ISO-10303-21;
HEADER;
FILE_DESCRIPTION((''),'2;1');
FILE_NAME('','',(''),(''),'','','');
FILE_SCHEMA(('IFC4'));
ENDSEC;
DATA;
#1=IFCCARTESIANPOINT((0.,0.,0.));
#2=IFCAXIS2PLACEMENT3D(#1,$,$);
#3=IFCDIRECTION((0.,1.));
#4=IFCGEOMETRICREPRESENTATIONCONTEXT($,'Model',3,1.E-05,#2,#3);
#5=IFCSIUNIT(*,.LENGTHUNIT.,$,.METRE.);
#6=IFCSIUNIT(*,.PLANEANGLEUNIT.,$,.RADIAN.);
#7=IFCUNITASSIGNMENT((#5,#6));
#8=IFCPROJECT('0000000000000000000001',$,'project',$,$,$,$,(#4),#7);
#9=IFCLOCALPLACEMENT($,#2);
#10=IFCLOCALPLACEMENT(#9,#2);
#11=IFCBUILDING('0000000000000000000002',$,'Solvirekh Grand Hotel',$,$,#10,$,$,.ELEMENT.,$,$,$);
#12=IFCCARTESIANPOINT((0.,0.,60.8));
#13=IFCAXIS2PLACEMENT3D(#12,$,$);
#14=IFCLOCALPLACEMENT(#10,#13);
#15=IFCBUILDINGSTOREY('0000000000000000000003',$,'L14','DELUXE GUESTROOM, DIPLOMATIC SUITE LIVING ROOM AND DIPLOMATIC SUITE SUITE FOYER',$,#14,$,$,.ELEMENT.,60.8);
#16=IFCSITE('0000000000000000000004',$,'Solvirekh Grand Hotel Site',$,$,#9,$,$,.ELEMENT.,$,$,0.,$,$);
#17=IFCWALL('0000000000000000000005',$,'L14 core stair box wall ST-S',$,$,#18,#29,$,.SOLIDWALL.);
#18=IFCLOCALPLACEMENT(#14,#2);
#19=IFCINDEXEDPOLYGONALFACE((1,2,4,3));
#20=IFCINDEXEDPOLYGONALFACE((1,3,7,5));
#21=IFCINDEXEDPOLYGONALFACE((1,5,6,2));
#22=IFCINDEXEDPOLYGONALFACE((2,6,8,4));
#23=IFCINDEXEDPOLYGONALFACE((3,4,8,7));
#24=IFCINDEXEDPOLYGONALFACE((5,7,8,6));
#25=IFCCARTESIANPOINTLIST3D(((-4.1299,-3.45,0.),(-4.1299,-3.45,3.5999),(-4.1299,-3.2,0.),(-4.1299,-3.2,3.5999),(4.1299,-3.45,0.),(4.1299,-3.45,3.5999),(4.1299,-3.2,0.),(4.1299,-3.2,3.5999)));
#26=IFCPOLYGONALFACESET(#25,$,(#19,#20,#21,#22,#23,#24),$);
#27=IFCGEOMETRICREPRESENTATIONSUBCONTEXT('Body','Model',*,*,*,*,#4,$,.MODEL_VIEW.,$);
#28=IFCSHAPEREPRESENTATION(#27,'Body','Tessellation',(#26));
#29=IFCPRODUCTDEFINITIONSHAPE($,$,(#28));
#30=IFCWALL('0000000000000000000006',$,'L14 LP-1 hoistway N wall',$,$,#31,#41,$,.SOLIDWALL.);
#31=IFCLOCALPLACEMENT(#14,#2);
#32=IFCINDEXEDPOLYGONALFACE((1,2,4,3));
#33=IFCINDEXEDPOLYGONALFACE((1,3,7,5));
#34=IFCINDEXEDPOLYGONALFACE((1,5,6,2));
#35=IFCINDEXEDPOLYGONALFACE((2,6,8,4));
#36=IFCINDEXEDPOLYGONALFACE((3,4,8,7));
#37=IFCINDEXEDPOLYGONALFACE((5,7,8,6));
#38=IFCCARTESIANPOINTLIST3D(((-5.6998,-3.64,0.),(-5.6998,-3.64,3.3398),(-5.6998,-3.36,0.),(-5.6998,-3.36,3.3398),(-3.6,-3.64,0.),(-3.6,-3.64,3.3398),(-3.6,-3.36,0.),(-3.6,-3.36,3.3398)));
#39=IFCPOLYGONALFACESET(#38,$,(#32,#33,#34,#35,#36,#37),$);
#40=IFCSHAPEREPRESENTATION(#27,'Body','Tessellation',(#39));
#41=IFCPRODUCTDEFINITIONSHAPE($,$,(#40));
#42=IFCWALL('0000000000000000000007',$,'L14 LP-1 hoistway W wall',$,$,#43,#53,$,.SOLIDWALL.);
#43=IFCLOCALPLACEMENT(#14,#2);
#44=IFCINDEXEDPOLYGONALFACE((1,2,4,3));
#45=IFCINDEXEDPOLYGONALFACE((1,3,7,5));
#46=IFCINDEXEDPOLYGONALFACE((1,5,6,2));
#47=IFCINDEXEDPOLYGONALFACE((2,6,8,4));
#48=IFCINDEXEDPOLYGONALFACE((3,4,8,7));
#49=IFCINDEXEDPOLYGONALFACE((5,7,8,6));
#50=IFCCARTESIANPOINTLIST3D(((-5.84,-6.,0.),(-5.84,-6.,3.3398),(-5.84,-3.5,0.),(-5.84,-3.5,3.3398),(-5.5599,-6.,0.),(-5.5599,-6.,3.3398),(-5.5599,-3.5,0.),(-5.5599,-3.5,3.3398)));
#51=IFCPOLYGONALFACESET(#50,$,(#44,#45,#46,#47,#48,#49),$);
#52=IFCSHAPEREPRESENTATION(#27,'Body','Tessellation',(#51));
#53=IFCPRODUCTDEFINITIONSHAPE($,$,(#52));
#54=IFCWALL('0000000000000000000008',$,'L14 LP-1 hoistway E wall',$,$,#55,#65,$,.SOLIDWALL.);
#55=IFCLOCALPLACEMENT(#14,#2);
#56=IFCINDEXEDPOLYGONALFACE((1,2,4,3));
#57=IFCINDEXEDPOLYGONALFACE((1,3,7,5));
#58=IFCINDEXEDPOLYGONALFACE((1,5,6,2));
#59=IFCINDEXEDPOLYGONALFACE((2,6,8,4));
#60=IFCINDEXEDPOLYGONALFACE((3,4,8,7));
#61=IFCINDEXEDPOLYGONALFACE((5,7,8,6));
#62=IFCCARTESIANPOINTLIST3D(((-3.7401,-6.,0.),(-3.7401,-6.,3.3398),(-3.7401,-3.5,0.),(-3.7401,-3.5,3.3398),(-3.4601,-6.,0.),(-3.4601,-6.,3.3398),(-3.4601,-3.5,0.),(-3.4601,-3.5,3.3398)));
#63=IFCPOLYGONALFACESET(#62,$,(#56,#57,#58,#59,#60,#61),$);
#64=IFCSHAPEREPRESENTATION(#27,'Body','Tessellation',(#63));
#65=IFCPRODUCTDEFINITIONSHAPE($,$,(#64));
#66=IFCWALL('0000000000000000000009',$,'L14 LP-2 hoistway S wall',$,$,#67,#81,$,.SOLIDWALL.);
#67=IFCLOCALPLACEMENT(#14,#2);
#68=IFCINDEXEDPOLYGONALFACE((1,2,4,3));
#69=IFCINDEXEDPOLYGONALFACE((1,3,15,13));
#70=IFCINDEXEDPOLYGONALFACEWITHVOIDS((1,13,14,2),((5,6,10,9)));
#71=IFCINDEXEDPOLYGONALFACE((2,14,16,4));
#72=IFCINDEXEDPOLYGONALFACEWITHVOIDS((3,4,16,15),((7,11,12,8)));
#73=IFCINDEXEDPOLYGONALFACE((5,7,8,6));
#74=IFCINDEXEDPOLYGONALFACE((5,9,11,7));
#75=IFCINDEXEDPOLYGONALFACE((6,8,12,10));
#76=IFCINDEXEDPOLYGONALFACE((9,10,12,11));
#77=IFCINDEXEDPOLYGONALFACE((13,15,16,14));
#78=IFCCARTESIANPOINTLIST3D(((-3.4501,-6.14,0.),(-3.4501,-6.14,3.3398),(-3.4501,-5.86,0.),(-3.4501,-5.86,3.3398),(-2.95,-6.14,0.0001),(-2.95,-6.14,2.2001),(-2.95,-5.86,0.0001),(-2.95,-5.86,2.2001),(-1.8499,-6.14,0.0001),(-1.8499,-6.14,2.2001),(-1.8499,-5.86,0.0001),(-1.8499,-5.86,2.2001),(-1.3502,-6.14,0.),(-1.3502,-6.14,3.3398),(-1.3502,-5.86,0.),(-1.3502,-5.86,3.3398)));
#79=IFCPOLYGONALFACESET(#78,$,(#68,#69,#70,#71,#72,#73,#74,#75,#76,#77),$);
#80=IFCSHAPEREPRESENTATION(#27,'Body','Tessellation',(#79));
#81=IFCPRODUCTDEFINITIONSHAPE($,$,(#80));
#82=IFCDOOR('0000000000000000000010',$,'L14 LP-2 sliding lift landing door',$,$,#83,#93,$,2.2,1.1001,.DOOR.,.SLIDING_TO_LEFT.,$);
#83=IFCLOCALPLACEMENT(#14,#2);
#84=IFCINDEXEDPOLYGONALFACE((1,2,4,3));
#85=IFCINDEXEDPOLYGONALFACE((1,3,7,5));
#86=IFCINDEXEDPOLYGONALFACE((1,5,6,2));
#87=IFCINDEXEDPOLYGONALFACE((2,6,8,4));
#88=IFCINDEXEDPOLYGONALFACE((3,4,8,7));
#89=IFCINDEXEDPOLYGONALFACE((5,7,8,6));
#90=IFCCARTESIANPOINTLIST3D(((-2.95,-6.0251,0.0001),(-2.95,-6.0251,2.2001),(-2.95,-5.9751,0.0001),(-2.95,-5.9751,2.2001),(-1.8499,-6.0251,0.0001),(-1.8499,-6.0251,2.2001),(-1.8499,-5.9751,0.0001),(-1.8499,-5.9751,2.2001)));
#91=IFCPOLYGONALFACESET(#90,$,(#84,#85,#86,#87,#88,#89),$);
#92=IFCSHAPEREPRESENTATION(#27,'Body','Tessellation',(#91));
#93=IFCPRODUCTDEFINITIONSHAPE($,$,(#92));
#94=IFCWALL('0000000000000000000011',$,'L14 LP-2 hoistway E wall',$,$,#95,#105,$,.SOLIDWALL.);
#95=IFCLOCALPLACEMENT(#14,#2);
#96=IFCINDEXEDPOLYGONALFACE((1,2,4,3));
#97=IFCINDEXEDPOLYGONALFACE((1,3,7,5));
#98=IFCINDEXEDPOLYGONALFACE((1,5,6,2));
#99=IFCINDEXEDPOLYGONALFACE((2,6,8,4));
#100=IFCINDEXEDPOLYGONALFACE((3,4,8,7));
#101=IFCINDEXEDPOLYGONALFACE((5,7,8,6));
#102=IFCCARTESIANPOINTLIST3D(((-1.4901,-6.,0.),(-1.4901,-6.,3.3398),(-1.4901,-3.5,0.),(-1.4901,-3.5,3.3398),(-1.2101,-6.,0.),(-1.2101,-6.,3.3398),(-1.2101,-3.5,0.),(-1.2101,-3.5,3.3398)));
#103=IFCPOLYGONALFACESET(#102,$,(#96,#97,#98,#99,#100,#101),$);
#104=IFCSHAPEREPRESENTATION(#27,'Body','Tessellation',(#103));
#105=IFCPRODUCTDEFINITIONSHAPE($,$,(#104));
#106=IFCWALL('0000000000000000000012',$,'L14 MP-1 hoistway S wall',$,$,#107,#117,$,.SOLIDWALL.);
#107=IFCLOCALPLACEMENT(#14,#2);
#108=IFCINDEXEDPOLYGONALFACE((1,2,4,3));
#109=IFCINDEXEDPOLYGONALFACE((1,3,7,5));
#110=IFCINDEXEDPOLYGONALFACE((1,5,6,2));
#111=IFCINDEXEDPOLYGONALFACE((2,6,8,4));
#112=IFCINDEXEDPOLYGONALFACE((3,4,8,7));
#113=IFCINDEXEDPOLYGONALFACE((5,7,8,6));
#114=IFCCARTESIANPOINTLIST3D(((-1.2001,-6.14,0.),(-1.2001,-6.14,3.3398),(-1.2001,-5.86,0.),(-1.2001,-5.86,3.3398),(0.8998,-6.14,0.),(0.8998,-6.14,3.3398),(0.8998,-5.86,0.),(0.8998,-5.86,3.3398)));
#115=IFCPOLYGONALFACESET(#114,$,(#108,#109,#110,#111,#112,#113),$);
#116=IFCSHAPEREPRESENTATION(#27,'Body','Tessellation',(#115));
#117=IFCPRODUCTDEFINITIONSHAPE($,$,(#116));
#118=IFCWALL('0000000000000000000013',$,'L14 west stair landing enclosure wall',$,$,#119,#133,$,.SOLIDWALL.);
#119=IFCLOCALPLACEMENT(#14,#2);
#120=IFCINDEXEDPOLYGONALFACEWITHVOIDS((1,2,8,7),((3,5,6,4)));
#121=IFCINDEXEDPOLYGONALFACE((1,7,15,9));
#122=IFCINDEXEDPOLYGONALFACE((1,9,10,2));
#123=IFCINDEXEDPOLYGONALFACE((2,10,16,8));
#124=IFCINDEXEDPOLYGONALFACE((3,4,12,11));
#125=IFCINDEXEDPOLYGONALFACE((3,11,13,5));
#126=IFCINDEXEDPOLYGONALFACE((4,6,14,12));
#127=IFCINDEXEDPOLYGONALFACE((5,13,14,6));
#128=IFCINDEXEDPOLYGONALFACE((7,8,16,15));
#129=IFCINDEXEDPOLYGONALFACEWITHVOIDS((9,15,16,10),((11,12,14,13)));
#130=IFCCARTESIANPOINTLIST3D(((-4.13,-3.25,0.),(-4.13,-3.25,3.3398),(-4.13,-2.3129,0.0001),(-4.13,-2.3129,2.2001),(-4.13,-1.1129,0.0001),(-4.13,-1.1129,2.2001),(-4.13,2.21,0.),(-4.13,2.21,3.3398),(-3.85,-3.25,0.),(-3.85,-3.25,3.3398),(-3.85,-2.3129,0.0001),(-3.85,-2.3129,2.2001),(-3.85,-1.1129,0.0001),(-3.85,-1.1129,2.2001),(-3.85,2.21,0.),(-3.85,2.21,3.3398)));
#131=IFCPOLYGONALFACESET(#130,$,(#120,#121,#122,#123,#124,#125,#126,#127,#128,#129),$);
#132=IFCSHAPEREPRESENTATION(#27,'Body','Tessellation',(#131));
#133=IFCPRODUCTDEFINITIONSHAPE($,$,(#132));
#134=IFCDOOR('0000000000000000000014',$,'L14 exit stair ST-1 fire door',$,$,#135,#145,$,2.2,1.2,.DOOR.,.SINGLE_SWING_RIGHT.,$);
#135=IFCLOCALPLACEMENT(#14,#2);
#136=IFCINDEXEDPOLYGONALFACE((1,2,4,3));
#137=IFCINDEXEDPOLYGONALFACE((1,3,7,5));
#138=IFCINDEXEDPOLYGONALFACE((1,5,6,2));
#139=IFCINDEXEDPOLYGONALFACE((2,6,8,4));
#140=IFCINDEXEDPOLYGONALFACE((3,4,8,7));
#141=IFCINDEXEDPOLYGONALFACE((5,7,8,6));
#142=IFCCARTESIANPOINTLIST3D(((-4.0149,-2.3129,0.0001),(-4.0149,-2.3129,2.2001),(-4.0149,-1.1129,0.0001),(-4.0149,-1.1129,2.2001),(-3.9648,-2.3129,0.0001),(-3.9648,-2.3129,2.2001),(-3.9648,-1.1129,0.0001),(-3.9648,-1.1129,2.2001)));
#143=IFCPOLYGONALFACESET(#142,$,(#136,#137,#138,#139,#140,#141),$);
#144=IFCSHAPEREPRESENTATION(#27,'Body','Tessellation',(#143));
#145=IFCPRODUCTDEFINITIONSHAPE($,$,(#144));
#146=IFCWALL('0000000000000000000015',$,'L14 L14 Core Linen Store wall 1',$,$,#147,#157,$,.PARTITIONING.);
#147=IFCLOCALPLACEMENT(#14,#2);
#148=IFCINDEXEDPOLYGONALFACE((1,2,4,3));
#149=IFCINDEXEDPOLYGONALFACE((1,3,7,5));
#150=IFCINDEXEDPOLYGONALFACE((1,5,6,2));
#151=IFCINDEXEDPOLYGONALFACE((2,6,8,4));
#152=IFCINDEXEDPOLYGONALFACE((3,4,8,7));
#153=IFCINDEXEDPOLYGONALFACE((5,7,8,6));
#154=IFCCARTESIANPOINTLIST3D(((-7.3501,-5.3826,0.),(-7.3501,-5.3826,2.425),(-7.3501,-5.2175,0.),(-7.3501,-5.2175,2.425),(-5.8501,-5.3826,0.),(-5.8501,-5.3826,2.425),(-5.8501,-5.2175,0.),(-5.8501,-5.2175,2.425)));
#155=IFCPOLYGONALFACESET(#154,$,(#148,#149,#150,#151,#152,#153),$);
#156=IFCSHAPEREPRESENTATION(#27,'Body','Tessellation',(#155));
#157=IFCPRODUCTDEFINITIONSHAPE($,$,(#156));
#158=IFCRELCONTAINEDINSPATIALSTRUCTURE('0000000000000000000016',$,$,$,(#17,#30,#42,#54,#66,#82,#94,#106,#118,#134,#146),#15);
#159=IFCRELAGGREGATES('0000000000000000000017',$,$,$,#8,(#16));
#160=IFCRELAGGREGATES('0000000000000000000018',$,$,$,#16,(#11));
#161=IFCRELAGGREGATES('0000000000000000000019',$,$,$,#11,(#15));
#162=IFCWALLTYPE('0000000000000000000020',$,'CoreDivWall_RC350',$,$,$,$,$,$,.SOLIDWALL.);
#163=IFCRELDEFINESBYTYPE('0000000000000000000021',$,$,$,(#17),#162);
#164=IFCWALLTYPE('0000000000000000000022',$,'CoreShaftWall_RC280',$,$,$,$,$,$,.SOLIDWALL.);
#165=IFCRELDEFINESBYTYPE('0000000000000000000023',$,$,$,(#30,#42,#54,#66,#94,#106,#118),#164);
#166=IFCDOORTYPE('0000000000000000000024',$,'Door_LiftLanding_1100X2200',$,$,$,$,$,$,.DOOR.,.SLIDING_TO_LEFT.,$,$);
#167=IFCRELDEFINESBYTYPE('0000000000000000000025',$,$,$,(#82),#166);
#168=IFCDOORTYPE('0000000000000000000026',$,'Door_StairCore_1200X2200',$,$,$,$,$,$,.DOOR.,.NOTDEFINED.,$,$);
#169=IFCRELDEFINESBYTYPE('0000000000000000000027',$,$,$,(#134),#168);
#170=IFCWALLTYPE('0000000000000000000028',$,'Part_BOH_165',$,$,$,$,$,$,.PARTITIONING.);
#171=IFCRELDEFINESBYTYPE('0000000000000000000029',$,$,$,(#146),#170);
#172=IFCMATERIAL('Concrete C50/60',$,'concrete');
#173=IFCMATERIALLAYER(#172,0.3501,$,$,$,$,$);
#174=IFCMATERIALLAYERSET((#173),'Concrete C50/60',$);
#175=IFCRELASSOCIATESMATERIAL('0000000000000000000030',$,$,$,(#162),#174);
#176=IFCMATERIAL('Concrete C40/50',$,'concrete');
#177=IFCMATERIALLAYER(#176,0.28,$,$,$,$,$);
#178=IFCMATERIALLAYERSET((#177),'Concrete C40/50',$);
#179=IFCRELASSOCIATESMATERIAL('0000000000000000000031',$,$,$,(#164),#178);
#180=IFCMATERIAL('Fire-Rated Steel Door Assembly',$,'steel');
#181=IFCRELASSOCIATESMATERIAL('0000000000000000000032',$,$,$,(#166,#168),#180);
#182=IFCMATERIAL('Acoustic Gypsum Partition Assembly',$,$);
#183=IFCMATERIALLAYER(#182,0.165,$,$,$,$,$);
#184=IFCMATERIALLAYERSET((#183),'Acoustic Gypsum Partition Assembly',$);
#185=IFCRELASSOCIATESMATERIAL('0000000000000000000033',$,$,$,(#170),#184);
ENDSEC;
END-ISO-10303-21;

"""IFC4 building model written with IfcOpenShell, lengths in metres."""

from ifc_helpers import new_model, si_unit, direction, frame, frame_2d, origin, place, context, subcontext, project, spatial, rectangle, extrude, material, layer, layer_set, type_object, element, fill, save


model = new_model("IFC4")

# Units and contexts
model_context = context("Model", 3, precision=1e-05, world=origin(), true_north=direction((0.0, 1.0)))
body_context = subcontext(model_context, "Body", "Model", "MODEL_VIEW")
ifc_project = project(units=[si_unit("LENGTHUNIT", "METRE"), si_unit("PLANEANGLEUNIT", "RADIAN")], contexts=[model_context])

# Site, building, storey
site_placement = place(None, origin())
site = spatial("IfcSite", under=ifc_project, at=site_placement, Name="Solvirekh Grand Hotel Site", CompositionType="ELEMENT", RefElevation=0.0)
building_placement = place(site_placement, origin())
building = spatial("IfcBuilding", under=site, at=building_placement, Name="Solvirekh Grand Hotel", CompositionType="ELEMENT")
storey_placement = place(building_placement, frame((0.0, 0.0, 60.8)))
storey = spatial("IfcBuildingStorey", under=building, at=storey_placement, Name="L14", Description="DELUXE GUESTROOM, DIPLOMATIC SUITE LIVING ROOM AND DIPLOMATIC SUITE SUITE FOYER", CompositionType="ELEMENT", Elevation=60.8)

# Walls
ifc_material_1 = material(Name="Concrete C50/60", Category="concrete")
ifc_layer_1 = layer(ifc_material_1, 0.3501)
ifc_layer_set_1 = layer_set([ifc_layer_1], Name="Concrete C50/60")
wall_type_1 = type_object("IfcWallType", Name="CoreDivWall_RC350", PredefinedType="SOLIDWALL", material=ifc_layer_set_1)
wall_1_placement = place(storey_placement, frame((-4.1299, -3.325, 0.0), z_axis=(0.0, 0.0, 1.0), x_axis=(1.0, 0.0, 0.0)))
element("IfcWall", 1, at=wall_1_placement, inside=storey, type_object=wall_type_1, Name="L14 core stair box wall ST-S", PredefinedType="SOLIDWALL", context=body_context, shape_type="SweptSolid", body=[
    extrude(rectangle(XDim=8.2598, YDim=0.25, at=frame_2d((4.1299, 0.0))), origin(), (0.0, 0.0, 1.0), 3.5999),
])
ifc_material_2 = material(Name="Concrete C40/50", Category="concrete")
ifc_layer_2 = layer(ifc_material_2, 0.28)
ifc_layer_set_2 = layer_set([ifc_layer_2], Name="Concrete C40/50")
wall_type_2 = type_object("IfcWallType", Name="CoreShaftWall_RC280", PredefinedType="SOLIDWALL", material=ifc_layer_set_2)
wall_2_placement = place(storey_placement, frame((-3.6001, -3.5, 0.0), z_axis=(0.0, 0.0, 1.0), x_axis=(-1.0, 0.0, 0.0)))
element("IfcWall", 2, at=wall_2_placement, inside=storey, type_object=wall_type_2, Name="L14 LP-1 hoistway N wall", PredefinedType="SOLIDWALL", context=body_context, shape_type="SweptSolid", body=[
    extrude(rectangle(XDim=2.0999, YDim=0.28, at=frame_2d((1.0498, 0.0))), origin(), (0.0, 0.0, 1.0), 3.3398),
])
for number, where, z_axis, x_axis, name in (
    (3, (-5.7, -3.5, 0.0), (0.0, 0.0, 1.0), (0.0, -1.0, 0.0), "L14 LP-1 hoistway W wall"),
    (4, (-3.6001, -6.0, 0.0), (0.0, 0.0, 1.0), (0.0, 1.0, 0.0), "L14 LP-1 hoistway E wall"),
):
    element("IfcWall", number, at=place(storey_placement, frame(where, z_axis=z_axis, x_axis=x_axis)), inside=storey, type_object=wall_type_2, Name=name, PredefinedType="SOLIDWALL", context=body_context, shape_type="SweptSolid", body=[
        extrude(rectangle(XDim=2.5, YDim=0.28, at=frame_2d((1.25, 0.0))), origin(), (0.0, 0.0, 1.0), 3.3398),
    ])

# Wall, opening, door
wall_3_placement = place(storey_placement, frame((-3.45, -6.0, 0.0), z_axis=(0.0, 0.0, 1.0), x_axis=(1.0, 0.0, 0.0)))
wall_3 = element("IfcWall", 5, at=wall_3_placement, inside=storey, type_object=wall_type_2, Name="L14 LP-2 hoistway S wall", PredefinedType="SOLIDWALL", context=body_context, shape_type="SweptSolid", body=[
    extrude(rectangle(XDim=2.0999, YDim=0.28, at=frame_2d((1.0498, 0.0))), origin(), (0.0, 0.0, 1.0), 3.3398),
])
opening_1_placement = place(wall_3_placement, frame((0.5, 0.0, 0.0)))
opening_1 = element("IfcOpeningElement", 6, at=opening_1_placement, cuts=wall_3, PredefinedType="OPENING", context=body_context, shape_type="SweptSolid", body=[
    extrude(rectangle(XDim=1.1001, YDim=2.2, at=frame_2d((0.55, 1.1001))), frame((0.0, 0.1499, 0.0), z_axis=(0.0, -1.0, 0.0), x_axis=(1.0, 0.0, 0.0)), (0.0, 0.0, 1.0), 0.3),
])
ifc_material_3 = material(Name="Fire-Rated Steel Door Assembly", Category="steel")
door_type_1 = type_object("IfcDoorType", Name="Door_LiftLanding_1100X2200", OperationType="SLIDING_TO_LEFT", PredefinedType="DOOR", material=ifc_material_3)
door_1_placement = place(opening_1_placement, origin())
door_1 = element("IfcDoor", 7, at=door_1_placement, inside=storey, type_object=door_type_1, Name="L14 LP-2 sliding lift landing door", OperationType="SLIDING_TO_LEFT", OverallHeight=2.2, OverallWidth=1.1001, PredefinedType="DOOR", context=body_context, shape_type="SweptSolid", body=[
    extrude(rectangle(XDim=1.1001, YDim=2.2, at=frame_2d((0.55, 1.1001))), frame((0.0, 0.0249, 0.0), z_axis=(0.0, -1.0, 0.0), x_axis=(1.0, 0.0, 0.0)), (0.0, 0.0, 1.0), 0.05),
])
fill(opening_1, door_1)

# Walls
wall_4_placement = place(storey_placement, frame((-1.3501, -6.0, 0.0), z_axis=(0.0, 0.0, 1.0), x_axis=(0.0, 1.0, 0.0)))
element("IfcWall", 8, at=wall_4_placement, inside=storey, type_object=wall_type_2, Name="L14 LP-2 hoistway E wall", PredefinedType="SOLIDWALL", context=body_context, shape_type="SweptSolid", body=[
    extrude(rectangle(XDim=2.5, YDim=0.28, at=frame_2d((1.25, 0.0))), origin(), (0.0, 0.0, 1.0), 3.3398),
])
wall_5_placement = place(storey_placement, frame((-1.2, -6.0, 0.0), z_axis=(0.0, 0.0, 1.0), x_axis=(1.0, 0.0, 0.0)))
element("IfcWall", 9, at=wall_5_placement, inside=storey, type_object=wall_type_2, Name="L14 MP-1 hoistway S wall", PredefinedType="SOLIDWALL", context=body_context, shape_type="SweptSolid", body=[
    extrude(rectangle(XDim=2.0999, YDim=0.28, at=frame_2d((1.0498, 0.0))), origin(), (0.0, 0.0, 1.0), 3.3398),
])

# Wall, opening, door
wall_6_placement = place(storey_placement, frame((-3.99, -3.25, 0.0), z_axis=(0.0, 0.0, 1.0), x_axis=(0.0, 1.0, 0.0)))
wall_6 = element("IfcWall", 10, at=wall_6_placement, inside=storey, type_object=wall_type_2, Name="L14 west stair landing enclosure wall", PredefinedType="SOLIDWALL", context=body_context, shape_type="SweptSolid", body=[
    extrude(rectangle(XDim=5.46, YDim=0.28, at=frame_2d((2.73, 0.0))), origin(), (0.0, 0.0, 1.0), 3.3398),
])
opening_2_placement = place(wall_6_placement, frame((0.937, 0.0, 0.0)))
opening_2 = element("IfcOpeningElement", 11, at=opening_2_placement, cuts=wall_6, PredefinedType="OPENING", context=body_context, shape_type="SweptSolid", body=[
    extrude(rectangle(XDim=1.2, YDim=2.2, at=frame_2d((0.6001, 1.1001))), frame((0.0, 0.1499, 0.0), z_axis=(0.0, -1.0, 0.0), x_axis=(1.0, 0.0, 0.0)), (0.0, 0.0, 1.0), 0.3),
])
door_type_2 = type_object("IfcDoorType", Name="Door_StairCore_1200X2200", OperationType="NOTDEFINED", PredefinedType="DOOR", material=ifc_material_3)
door_2_placement = place(opening_2_placement, origin())
door_2 = element("IfcDoor", 12, at=door_2_placement, inside=storey, type_object=door_type_2, Name="L14 exit stair ST-1 fire door", OperationType="SINGLE_SWING_RIGHT", OverallHeight=2.2, OverallWidth=1.2, PredefinedType="DOOR", context=body_context, shape_type="SweptSolid", body=[
    extrude(rectangle(XDim=1.2, YDim=2.2, at=frame_2d((0.6001, 1.1001))), frame((0.0, 0.0249, 0.0), z_axis=(0.0, -1.0, 0.0), x_axis=(1.0, 0.0, 0.0)), (0.0, 0.0, 1.0), 0.05),
])
fill(opening_2, door_2)

# Wall
ifc_material_4 = material(Name="Acoustic Gypsum Partition Assembly")
ifc_layer_3 = layer(ifc_material_4, 0.165)
ifc_layer_set_3 = layer_set([ifc_layer_3], Name="Acoustic Gypsum Partition Assembly")
wall_type_3 = type_object("IfcWallType", Name="Part_BOH_165", PredefinedType="PARTITIONING", material=ifc_layer_set_3)
wall_7_placement = place(storey_placement, frame((-7.3501, -5.3, 0.0), z_axis=(0.0, 0.0, 1.0), x_axis=(1.0, 0.0, 0.0)))
element("IfcWall", 13, at=wall_7_placement, inside=storey, type_object=wall_type_3, Name="L14 L14 Core Linen Store wall 1", PredefinedType="PARTITIONING", context=body_context, shape_type="SweptSolid", body=[
    extrude(rectangle(XDim=1.5, YDim=0.165, at=frame_2d((0.75, 0.0))), origin(), (0.0, 0.0, 1.0), 2.425),
])

save(model, "model.ifc")
